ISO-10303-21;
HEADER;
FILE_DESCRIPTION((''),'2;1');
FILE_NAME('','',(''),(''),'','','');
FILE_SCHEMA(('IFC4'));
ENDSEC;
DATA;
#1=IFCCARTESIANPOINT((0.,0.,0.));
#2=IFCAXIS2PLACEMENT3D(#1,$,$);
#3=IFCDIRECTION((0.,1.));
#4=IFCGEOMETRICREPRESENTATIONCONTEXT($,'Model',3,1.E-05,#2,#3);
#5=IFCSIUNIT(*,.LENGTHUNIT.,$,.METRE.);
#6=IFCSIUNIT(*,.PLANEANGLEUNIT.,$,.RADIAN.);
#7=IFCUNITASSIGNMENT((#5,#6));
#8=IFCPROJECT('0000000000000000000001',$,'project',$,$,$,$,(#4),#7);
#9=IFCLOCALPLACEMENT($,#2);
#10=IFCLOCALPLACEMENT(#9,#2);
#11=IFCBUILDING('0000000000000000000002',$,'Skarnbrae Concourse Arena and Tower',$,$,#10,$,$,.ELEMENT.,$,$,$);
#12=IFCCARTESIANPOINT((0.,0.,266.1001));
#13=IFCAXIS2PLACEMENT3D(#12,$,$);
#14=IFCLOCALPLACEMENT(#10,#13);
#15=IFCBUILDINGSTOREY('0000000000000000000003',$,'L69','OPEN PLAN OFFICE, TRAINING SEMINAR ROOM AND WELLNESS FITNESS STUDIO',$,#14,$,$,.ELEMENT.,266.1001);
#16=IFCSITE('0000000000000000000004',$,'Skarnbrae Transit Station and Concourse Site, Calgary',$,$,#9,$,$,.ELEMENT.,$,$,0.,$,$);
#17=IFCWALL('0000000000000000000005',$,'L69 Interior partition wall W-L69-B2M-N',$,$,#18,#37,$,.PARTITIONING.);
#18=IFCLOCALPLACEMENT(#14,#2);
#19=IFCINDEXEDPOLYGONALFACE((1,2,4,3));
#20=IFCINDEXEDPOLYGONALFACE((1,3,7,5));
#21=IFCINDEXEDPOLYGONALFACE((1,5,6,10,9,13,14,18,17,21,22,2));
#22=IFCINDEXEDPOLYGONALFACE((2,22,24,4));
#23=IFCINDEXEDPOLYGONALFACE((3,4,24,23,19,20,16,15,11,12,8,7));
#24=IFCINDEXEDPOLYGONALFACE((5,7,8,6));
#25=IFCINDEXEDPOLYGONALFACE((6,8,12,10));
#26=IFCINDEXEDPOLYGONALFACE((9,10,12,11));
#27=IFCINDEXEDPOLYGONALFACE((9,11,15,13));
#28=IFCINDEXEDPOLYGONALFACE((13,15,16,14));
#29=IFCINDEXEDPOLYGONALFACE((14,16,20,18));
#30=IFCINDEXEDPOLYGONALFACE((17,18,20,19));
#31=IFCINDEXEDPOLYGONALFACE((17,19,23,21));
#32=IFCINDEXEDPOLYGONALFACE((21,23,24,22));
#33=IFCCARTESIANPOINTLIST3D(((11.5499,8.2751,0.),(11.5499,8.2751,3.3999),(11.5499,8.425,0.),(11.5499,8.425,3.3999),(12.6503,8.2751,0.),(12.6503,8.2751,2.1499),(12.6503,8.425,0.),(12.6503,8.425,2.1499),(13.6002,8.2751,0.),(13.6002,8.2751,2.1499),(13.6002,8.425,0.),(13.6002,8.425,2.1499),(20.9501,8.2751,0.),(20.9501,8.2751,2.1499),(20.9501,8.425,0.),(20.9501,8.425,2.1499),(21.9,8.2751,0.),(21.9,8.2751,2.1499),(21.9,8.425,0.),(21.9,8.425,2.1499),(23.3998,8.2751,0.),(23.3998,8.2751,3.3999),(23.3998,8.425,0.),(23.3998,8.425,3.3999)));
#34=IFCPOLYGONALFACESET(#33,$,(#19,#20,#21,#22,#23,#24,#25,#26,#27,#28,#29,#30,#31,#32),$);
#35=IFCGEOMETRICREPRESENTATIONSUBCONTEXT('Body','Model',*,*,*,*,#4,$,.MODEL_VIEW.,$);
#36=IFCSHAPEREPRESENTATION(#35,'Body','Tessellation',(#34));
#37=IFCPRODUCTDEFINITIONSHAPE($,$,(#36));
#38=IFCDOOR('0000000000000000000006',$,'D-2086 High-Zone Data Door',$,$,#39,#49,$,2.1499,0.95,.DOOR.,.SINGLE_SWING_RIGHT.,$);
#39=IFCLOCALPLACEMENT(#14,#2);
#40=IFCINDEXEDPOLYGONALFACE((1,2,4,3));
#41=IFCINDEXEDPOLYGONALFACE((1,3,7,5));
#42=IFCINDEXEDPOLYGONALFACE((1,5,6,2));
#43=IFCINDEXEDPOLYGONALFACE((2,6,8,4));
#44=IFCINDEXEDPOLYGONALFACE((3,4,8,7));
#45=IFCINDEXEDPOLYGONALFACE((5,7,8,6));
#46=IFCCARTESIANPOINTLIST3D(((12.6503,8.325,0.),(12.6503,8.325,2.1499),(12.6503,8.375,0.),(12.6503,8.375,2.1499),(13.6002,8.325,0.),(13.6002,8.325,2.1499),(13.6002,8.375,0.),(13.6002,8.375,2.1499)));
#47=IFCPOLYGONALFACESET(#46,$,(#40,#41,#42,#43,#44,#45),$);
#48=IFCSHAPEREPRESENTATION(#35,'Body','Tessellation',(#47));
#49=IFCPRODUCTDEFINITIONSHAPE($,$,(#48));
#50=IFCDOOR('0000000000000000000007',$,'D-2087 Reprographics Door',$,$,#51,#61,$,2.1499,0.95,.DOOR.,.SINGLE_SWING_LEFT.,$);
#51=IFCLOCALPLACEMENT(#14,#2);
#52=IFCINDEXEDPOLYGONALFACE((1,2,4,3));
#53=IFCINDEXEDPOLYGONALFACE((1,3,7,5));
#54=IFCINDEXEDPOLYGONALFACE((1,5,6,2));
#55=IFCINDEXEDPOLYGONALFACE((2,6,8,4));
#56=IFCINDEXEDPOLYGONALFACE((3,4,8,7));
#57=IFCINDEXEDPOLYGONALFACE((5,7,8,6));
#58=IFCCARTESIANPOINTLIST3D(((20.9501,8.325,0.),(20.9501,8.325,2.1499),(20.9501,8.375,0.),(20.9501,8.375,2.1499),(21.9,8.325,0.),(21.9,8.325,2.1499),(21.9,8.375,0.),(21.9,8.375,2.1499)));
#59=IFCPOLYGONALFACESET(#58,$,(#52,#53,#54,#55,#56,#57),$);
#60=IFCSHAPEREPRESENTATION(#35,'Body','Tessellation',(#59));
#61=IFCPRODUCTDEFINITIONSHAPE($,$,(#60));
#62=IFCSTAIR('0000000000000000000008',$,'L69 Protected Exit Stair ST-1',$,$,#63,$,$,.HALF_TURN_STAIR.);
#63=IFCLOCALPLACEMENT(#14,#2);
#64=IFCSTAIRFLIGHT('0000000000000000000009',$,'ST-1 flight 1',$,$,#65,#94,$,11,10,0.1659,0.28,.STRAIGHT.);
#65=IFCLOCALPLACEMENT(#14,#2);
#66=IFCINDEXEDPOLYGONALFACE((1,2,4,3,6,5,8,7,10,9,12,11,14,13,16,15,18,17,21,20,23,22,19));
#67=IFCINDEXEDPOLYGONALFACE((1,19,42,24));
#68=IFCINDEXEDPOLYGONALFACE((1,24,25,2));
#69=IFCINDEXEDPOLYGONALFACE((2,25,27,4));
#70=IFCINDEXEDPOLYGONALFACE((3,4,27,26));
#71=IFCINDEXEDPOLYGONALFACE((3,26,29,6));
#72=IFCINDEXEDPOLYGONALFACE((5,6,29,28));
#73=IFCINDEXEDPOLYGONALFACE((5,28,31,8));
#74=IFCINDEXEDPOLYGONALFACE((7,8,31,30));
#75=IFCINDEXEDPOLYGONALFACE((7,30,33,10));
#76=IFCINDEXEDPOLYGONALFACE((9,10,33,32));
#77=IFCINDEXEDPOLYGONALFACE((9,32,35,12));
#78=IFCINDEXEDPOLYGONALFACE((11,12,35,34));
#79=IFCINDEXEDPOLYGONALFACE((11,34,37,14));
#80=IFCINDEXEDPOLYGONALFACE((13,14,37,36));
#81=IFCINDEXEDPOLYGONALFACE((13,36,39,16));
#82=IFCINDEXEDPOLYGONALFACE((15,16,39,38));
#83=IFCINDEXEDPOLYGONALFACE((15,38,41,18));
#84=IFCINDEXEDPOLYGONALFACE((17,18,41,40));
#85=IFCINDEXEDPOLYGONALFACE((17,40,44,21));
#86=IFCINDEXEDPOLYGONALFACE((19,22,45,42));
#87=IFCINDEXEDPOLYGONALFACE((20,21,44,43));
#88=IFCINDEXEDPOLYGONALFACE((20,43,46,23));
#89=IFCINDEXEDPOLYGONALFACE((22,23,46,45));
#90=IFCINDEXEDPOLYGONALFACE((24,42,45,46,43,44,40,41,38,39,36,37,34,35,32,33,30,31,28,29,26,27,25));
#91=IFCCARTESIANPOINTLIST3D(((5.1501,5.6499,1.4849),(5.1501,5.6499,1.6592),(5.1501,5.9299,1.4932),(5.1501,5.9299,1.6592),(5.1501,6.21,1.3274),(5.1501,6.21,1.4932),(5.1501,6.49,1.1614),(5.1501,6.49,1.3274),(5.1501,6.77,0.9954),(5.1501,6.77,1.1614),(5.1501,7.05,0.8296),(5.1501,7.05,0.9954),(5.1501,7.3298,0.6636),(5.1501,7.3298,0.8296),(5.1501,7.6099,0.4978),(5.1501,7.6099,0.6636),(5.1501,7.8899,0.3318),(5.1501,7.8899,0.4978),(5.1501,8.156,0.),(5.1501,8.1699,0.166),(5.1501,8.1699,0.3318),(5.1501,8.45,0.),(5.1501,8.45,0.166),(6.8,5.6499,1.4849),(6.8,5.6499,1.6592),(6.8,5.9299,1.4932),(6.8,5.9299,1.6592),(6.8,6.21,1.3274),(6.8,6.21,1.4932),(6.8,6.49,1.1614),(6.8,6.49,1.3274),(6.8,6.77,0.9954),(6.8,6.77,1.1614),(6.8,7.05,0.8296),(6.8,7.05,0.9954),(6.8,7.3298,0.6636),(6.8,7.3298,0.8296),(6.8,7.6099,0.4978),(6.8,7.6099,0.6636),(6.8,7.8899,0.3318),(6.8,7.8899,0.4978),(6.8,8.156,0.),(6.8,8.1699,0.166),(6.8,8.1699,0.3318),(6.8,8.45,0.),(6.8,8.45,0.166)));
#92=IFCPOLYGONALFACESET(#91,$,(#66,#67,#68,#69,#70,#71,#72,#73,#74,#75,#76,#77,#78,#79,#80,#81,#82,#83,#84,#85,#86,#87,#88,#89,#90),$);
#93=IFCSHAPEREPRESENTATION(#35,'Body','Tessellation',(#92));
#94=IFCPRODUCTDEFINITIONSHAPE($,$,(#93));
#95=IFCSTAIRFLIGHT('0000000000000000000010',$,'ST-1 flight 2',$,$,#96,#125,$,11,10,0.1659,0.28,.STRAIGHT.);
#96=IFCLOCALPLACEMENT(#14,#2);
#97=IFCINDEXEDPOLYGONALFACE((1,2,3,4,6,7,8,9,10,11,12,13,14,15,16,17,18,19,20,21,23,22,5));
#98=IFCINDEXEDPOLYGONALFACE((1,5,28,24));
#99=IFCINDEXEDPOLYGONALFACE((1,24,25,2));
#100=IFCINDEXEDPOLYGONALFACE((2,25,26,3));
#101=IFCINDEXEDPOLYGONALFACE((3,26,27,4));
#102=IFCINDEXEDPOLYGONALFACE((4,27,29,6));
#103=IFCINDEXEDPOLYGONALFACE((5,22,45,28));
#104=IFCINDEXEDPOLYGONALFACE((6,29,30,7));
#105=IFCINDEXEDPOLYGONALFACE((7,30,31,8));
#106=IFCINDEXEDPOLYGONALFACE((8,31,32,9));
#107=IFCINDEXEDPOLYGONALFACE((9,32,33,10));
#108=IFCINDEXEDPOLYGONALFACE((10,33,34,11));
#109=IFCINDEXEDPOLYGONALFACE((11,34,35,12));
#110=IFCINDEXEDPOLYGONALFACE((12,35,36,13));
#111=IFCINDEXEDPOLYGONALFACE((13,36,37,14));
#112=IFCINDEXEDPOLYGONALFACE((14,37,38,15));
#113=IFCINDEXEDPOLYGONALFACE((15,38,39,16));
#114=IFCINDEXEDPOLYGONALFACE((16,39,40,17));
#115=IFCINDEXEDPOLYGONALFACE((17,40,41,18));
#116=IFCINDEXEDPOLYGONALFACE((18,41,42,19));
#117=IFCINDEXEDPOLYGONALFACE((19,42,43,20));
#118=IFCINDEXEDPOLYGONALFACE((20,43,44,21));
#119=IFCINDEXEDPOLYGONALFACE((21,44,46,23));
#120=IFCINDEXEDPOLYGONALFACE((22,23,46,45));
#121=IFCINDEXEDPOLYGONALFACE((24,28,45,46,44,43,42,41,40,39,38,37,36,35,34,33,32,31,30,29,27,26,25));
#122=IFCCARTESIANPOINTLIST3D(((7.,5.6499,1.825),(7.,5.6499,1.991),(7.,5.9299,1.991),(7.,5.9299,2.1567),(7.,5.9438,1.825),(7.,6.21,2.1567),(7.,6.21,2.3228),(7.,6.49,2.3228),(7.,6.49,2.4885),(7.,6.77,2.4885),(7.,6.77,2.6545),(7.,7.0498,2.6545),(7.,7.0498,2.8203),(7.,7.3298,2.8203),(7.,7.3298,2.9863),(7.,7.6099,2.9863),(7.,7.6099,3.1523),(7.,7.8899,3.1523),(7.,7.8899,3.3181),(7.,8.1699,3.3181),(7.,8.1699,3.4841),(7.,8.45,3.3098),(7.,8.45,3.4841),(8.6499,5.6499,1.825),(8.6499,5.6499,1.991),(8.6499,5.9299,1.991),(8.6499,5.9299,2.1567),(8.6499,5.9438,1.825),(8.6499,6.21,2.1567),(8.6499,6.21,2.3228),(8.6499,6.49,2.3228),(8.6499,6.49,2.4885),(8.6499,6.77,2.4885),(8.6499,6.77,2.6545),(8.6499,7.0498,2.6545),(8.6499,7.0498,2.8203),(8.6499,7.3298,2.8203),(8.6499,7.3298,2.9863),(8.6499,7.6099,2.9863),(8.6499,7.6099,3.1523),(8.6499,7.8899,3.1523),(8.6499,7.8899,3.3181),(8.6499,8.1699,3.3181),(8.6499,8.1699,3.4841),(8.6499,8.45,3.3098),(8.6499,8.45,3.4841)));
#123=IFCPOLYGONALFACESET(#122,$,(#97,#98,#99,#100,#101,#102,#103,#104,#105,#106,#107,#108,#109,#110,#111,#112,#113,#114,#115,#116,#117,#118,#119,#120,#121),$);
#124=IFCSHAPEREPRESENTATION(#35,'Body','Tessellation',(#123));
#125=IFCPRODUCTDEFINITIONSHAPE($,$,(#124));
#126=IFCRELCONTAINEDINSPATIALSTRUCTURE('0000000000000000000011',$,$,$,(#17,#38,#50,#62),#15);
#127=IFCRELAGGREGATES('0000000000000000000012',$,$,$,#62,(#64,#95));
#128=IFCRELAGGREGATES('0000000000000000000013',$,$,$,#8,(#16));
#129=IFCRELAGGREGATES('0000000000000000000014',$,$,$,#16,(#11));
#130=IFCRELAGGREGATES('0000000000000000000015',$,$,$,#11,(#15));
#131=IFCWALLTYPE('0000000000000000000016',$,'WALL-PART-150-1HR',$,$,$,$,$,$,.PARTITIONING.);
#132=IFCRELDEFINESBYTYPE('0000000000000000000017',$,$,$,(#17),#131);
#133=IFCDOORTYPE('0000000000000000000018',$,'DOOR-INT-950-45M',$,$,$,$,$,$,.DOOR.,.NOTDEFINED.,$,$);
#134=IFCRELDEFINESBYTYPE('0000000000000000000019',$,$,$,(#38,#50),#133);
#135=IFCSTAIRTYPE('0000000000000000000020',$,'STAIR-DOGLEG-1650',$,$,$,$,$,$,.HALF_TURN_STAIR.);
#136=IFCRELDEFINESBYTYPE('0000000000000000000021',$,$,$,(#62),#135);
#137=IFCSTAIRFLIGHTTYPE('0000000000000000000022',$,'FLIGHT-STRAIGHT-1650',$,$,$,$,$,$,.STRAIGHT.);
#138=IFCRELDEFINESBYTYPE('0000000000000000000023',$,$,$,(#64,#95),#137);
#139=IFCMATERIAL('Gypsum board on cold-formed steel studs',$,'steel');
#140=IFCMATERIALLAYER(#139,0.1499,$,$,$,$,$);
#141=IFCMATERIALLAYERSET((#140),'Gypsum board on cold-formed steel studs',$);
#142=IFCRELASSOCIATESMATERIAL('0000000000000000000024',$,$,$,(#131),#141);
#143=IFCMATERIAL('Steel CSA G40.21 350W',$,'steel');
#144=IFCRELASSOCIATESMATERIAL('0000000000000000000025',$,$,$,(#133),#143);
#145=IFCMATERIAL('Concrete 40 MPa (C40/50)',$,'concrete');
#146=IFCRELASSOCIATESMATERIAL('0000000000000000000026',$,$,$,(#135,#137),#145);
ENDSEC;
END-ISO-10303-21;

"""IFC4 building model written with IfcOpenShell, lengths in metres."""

from ifc_helpers import new_model, si_unit, direction, frame, frame_2d, origin, place, context, subcontext, project, spatial, polyline, rectangle, outline, extrude, source, transform, mapped, material, layer, layer_set, type_object, element, fill, aggregate, save


model = new_model("IFC4")

# Units and contexts
model_context = context("Model", 3, precision=1e-05, world=origin(), true_north=direction((0.0, 1.0)))
body_context = subcontext(model_context, "Body", "Model", "MODEL_VIEW")
ifc_project = project(units=[si_unit("LENGTHUNIT", "METRE"), si_unit("PLANEANGLEUNIT", "RADIAN")], contexts=[model_context])

# Site, building, storey
site_placement = place(None, origin())
site = spatial("IfcSite", under=ifc_project, at=site_placement, Name="Skarnbrae Transit Station and Concourse Site, Calgary", CompositionType="ELEMENT", RefElevation=0.0)
building_placement = place(site_placement, origin())
building = spatial("IfcBuilding", under=site, at=building_placement, Name="Skarnbrae Concourse Arena and Tower", CompositionType="ELEMENT")
storey_placement = place(building_placement, frame((0.0, 0.0, 266.1001)))
storey = spatial("IfcBuildingStorey", under=building, at=storey_placement, Name="L69", Description="OPEN PLAN OFFICE, TRAINING SEMINAR ROOM AND WELLNESS FITNESS STUDIO", CompositionType="ELEMENT", Elevation=266.1001)

# Shared definitions
ifc_material_1 = material(Name="Gypsum board on cold-formed steel studs", Category="steel")
ifc_material_2 = material(Name="Steel CSA G40.21 350W", Category="steel")

# Shared definitions
ifc_layer_1 = layer(ifc_material_1, 0.1499)
ifc_layer_set_1 = layer_set([ifc_layer_1], Name="Gypsum board on cold-formed steel studs")
wall_type_1 = type_object("IfcWallType", Name="WALL-PART-150-1HR", PredefinedType="PARTITIONING", material=ifc_layer_set_1)

# Shared definitions
door_type_1 = type_object("IfcDoorType", Name="DOOR-INT-950-45M", OperationType="NOTDEFINED", PredefinedType="DOOR", material=ifc_material_2)
shared_shape_1 = source(origin(), body_context, "Body", "SweptSolid", [
    extrude(rectangle(XDim=0.95, YDim=2.1499, at=frame_2d((0.4751, 1.075))), frame((0.0, 0.0249, 0.0), z_axis=(0.0, -1.0, 0.0), x_axis=(1.0, 0.0, 0.0)), (0.0, 0.0, 1.0), 0.05),
])

# Shared definitions
shared_shape_2 = source(origin(), body_context, "Body", "SweptSolid", [
    extrude(rectangle(XDim=11.8499, YDim=0.1499, at=frame_2d((5.9248, 0.0))), origin(), (0.0, 0.0, 1.0), 3.3999),
])

# Wall, openings, doors
wall_1_placement = place(storey_placement, frame((11.55, 8.3501, 0.0), z_axis=(0.0, 0.0, 1.0), x_axis=(1.0, 0.0, 0.0)))
wall_1 = element("IfcWall", 1, at=wall_1_placement, inside=storey, type_object=wall_type_1, Name="L69 Interior partition wall W-L69-B2M-N", PredefinedType="PARTITIONING", context=body_context, shape_type="MappedRepresentation", body=[
    mapped(shared_shape_2, transform((0.0, 0.0, 0.0))),
])
opening_1_placement = place(wall_1_placement, frame((1.1001, 0.0, 0.0)))
opening_1 = element("IfcOpeningElement", 2, at=opening_1_placement, cuts=wall_1, PredefinedType="OPENING", context=body_context, shape_type="SweptSolid", body=[
    extrude(rectangle(XDim=0.95, YDim=2.1499, at=frame_2d((0.4751, 1.075))), frame((0.0, 0.085, 0.0), z_axis=(0.0, -1.0, 0.0), x_axis=(1.0, 0.0, 0.0)), (0.0, 0.0, 1.0), 0.1699),
])
opening_2_placement = place(wall_1_placement, frame((9.3999, 0.0, 0.0)))
opening_2 = element("IfcOpeningElement", 3, at=opening_2_placement, cuts=wall_1, PredefinedType="OPENING", context=body_context, shape_type="SweptSolid", body=[
    extrude(rectangle(XDim=0.95, YDim=2.1499, at=frame_2d((0.4751, 1.075))), frame((0.0, 0.085, 0.0), z_axis=(0.0, -1.0, 0.0), x_axis=(1.0, 0.0, 0.0)), (0.0, 0.0, 1.0), 0.1699),
])
door_1_placement = place(opening_1_placement, origin())
door_1 = element("IfcDoor", 4, at=door_1_placement, inside=storey, type_object=door_type_1, Name="D-2086 High-Zone Data Door", OperationType="SINGLE_SWING_RIGHT", OverallHeight=2.1499, OverallWidth=0.95, PredefinedType="DOOR", context=body_context, shape_type="MappedRepresentation", body=[
    mapped(shared_shape_1, transform((0.0, 0.0, 0.0))),
])
fill(opening_1, door_1)
door_2_placement = place(opening_2_placement, origin())
door_2 = element("IfcDoor", 5, at=door_2_placement, inside=storey, type_object=door_type_1, Name="D-2087 Reprographics Door", OperationType="SINGLE_SWING_LEFT", OverallHeight=2.1499, OverallWidth=0.95, PredefinedType="DOOR", context=body_context, shape_type="MappedRepresentation", body=[
    mapped(shared_shape_1, transform((0.0, 0.0, 0.0))),
])
fill(opening_2, door_2)

# Stair, stair flights
ifc_material_3 = material(Name="Concrete 40 MPa (C40/50)", Category="concrete")
stair_type = type_object("IfcStairType", Name="STAIR-DOGLEG-1650", PredefinedType="HALF_TURN_STAIR", material=ifc_material_3)
stair_placement = place(storey_placement, origin())
stair = element("IfcStair", 6, at=stair_placement, inside=storey, type_object=stair_type, Name="L69 Protected Exit Stair ST-1", PredefinedType="HALF_TURN_STAIR")
stair_flight_type = type_object("IfcStairFlightType", Name="FLIGHT-STRAIGHT-1650", PredefinedType="STRAIGHT", material=ifc_material_3)
shared_shape_3 = source(origin(), body_context, "Body", "SweptSolid", [
    extrude(outline(polyline([(0.0, 0.0), (0.0, 0.166), (0.28, 0.166), (0.28, 0.3318), (0.5601, 0.3318), (0.5601, 0.4978), (0.8401, 0.4978), (0.8401, 0.6636), (1.1201, 0.6636), (1.1201, 0.8296), (1.3999, 0.8296), (1.3999, 0.9954), (1.6799, 0.9954), (1.6799, 1.1614), (1.96, 1.1614), (1.96, 1.3274), (2.24, 1.3274), (2.24, 1.4932), (2.52, 1.4932), (2.52, 1.6592), (2.8, 1.6592), (2.8, 1.825), (2.8, 1.4849), (0.2939, 0.0), (0.0, 0.0)])), frame((0.0, 0.825, 0.0), z_axis=(0.0, -1.0, 0.0), x_axis=(1.0, 0.0, 0.0)), (0.0, 0.0, 1.0), 1.6499),
])
stair_flight_1_placement = place(storey_placement, frame((5.9751, 8.45, 0.0), z_axis=(0.0, 0.0, 1.0), x_axis=(0.0, -1.0, 0.0)))
stair_flight_1 = element("IfcStairFlight", 7, at=stair_flight_1_placement, type_object=stair_flight_type, Name="ST-1 flight 1", NumberOfRisers=11, NumberOfTreads=10, PredefinedType="STRAIGHT", RiserHeight=0.1659, TreadLength=0.28, context=body_context, shape_type="MappedRepresentation", body=[
    mapped(shared_shape_3, transform((0.0, 0.0, 0.0))),
])
stair_flight_2_placement = place(storey_placement, frame((7.825, 5.6499, 1.825), z_axis=(0.0, 0.0, 1.0), x_axis=(0.0, 1.0, 0.0)))
stair_flight_2 = element("IfcStairFlight", 8, at=stair_flight_2_placement, type_object=stair_flight_type, Name="ST-1 flight 2", NumberOfRisers=11, NumberOfTreads=10, PredefinedType="STRAIGHT", RiserHeight=0.1659, TreadLength=0.28, context=body_context, shape_type="MappedRepresentation", body=[
    mapped(shared_shape_3, transform((0.0, 0.0, 0.0))),
])
aggregate(stair, [stair_flight_1, stair_flight_2])

save(model, "model.ifc")
